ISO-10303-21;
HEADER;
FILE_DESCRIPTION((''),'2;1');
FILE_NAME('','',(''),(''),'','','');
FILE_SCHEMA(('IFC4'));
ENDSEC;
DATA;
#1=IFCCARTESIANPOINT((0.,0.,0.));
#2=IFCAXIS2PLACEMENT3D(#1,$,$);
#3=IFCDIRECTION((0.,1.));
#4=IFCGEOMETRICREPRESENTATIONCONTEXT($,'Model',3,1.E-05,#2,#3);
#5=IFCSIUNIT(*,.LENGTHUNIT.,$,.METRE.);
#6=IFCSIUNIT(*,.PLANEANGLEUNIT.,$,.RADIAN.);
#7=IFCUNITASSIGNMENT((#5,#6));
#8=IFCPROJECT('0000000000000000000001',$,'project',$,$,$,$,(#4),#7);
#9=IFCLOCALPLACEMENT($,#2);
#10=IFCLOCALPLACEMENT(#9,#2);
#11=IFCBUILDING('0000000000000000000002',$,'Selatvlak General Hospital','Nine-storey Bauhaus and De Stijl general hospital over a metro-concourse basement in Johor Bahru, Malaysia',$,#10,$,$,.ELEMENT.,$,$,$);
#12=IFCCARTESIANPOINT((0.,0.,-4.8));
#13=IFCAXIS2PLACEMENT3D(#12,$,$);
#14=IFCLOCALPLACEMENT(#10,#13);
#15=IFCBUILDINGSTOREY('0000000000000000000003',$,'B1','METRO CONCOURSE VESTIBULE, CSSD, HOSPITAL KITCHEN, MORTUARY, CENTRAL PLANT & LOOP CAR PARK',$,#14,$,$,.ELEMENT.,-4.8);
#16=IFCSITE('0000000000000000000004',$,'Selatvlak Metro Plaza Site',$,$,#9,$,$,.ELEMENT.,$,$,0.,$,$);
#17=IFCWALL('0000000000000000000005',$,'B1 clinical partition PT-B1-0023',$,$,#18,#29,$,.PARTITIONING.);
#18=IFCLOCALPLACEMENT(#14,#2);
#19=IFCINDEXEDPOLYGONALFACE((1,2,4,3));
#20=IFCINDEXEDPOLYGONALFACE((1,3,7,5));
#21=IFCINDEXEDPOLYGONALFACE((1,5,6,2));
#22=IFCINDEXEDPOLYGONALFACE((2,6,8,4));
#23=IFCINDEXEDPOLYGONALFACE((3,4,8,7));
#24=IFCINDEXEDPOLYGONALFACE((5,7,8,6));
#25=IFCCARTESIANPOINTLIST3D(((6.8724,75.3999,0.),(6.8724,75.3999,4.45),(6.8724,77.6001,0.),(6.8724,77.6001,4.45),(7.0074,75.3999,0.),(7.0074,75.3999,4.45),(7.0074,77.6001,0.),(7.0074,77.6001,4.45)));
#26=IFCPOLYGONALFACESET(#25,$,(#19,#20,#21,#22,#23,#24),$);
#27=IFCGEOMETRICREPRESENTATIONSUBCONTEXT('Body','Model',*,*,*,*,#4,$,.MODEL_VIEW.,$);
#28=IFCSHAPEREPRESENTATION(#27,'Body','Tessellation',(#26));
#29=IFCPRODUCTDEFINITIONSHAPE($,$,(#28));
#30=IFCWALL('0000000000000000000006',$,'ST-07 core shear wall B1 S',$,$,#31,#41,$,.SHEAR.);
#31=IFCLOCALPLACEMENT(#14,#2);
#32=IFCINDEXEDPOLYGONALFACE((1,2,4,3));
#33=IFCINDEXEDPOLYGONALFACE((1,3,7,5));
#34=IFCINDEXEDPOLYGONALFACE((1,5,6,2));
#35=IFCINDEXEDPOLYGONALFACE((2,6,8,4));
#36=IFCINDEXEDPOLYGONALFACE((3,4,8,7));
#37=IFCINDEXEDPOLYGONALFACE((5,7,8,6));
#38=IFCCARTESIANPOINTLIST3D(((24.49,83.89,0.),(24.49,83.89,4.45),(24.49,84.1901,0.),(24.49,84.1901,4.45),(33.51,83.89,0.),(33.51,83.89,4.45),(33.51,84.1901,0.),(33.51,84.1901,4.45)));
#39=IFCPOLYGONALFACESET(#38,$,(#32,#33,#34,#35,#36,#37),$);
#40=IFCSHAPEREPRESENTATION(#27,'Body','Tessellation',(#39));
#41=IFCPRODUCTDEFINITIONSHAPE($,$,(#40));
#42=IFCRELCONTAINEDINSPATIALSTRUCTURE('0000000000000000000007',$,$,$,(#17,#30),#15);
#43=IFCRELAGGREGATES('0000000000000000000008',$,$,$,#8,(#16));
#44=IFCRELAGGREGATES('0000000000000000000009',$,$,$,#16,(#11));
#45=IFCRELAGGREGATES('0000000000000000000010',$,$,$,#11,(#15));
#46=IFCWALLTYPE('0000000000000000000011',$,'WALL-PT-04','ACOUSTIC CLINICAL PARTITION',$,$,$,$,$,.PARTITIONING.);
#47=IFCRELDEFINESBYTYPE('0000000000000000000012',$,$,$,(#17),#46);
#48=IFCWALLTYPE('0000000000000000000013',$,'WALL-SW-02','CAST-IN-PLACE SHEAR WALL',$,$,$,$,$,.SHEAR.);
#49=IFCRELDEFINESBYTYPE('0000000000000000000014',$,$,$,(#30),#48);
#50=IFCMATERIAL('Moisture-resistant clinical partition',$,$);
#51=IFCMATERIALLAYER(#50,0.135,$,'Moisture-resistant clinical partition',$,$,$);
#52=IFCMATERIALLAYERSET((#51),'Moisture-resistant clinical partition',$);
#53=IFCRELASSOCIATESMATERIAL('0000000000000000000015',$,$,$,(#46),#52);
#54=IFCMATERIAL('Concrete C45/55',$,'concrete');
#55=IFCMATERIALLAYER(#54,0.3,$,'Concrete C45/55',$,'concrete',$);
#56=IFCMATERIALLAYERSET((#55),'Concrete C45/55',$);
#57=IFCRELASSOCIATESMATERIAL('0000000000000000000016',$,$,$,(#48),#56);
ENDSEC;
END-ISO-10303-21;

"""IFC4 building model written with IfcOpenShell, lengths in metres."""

from ifc_helpers import new_model, si_unit, direction, frame, frame_2d, origin, place, context, subcontext, project, spatial, rectangle, extrude, material, layer, layer_set, type_object, element, save


model = new_model("IFC4")

# Units and contexts
model_context = context("Model", 3, precision=1e-05, world=origin(), true_north=direction((0.0, 1.0)))
body_context = subcontext(model_context, "Body", "Model", "MODEL_VIEW")
ifc_project = project(units=[si_unit("LENGTHUNIT", "METRE"), si_unit("PLANEANGLEUNIT", "RADIAN")], contexts=[model_context])

# Site, building, storey
site_placement = place(None, origin())
site = spatial("IfcSite", under=ifc_project, at=site_placement, Name="Selatvlak Metro Plaza Site", CompositionType="ELEMENT", RefElevation=0.0)
building_placement = place(site_placement, origin())
building = spatial("IfcBuilding", under=site, at=building_placement, Name="Selatvlak General Hospital", Description="Nine-storey Bauhaus and De Stijl general hospital over a metro-concourse basement in Johor Bahru, Malaysia", CompositionType="ELEMENT")
storey_placement = place(building_placement, frame((0.0, 0.0, -4.8)))
storey = spatial("IfcBuildingStorey", under=building, at=storey_placement, Name="B1", Description="METRO CONCOURSE VESTIBULE, CSSD, HOSPITAL KITCHEN, MORTUARY, CENTRAL PLANT & LOOP CAR PARK", CompositionType="ELEMENT", Elevation=-4.8)

# Shared definitions
ifc_material_1 = material(Name="Concrete C45/55", Category="concrete")

# Walls
ifc_material_2 = material(Name="Moisture-resistant clinical partition")
ifc_layer_1 = layer(ifc_material_2, 0.135, Name="Moisture-resistant clinical partition")
ifc_layer_set_1 = layer_set([ifc_layer_1], Name="Moisture-resistant clinical partition")
wall_type_1 = type_object("IfcWallType", Name="WALL-PT-04", Description="ACOUSTIC CLINICAL PARTITION", PredefinedType="PARTITIONING", material=ifc_layer_set_1)
wall_1_placement = place(storey_placement, frame((6.9399, 77.6001, 0.0), z_axis=(0.0, 0.0, 1.0), x_axis=(0.0, -1.0, 0.0)))
element("IfcWall", 1, at=wall_1_placement, inside=storey, type_object=wall_type_1, Name="B1 clinical partition PT-B1-0023", PredefinedType="PARTITIONING", context=body_context, shape_type="SweptSolid", body=[
    extrude(rectangle(XDim=2.2002, YDim=0.135, at=frame_2d((1.1001, 0.0))), origin(), (0.0, 0.0, 1.0), 4.45),
])
ifc_layer_2 = layer(ifc_material_1, 0.3, Name="Concrete C45/55", Category="concrete")
ifc_layer_set_2 = layer_set([ifc_layer_2], Name="Concrete C45/55")
wall_type_2 = type_object("IfcWallType", Name="WALL-SW-02", Description="CAST-IN-PLACE SHEAR WALL", PredefinedType="SHEAR", material=ifc_layer_set_2)
wall_2_placement = place(storey_placement, frame((24.49, 84.04, 0.0), z_axis=(0.0, 0.0, 1.0), x_axis=(1.0, 0.0, 0.0)))
element("IfcWall", 2, at=wall_2_placement, inside=storey, type_object=wall_type_2, Name="ST-07 core shear wall B1 S", PredefinedType="SHEAR", context=body_context, shape_type="SweptSolid", body=[
    extrude(rectangle(XDim=9.02, YDim=0.3, at=frame_2d((4.51, 0.0))), origin(), (0.0, 0.0, 1.0), 4.45),
])

save(model, "model.ifc")
